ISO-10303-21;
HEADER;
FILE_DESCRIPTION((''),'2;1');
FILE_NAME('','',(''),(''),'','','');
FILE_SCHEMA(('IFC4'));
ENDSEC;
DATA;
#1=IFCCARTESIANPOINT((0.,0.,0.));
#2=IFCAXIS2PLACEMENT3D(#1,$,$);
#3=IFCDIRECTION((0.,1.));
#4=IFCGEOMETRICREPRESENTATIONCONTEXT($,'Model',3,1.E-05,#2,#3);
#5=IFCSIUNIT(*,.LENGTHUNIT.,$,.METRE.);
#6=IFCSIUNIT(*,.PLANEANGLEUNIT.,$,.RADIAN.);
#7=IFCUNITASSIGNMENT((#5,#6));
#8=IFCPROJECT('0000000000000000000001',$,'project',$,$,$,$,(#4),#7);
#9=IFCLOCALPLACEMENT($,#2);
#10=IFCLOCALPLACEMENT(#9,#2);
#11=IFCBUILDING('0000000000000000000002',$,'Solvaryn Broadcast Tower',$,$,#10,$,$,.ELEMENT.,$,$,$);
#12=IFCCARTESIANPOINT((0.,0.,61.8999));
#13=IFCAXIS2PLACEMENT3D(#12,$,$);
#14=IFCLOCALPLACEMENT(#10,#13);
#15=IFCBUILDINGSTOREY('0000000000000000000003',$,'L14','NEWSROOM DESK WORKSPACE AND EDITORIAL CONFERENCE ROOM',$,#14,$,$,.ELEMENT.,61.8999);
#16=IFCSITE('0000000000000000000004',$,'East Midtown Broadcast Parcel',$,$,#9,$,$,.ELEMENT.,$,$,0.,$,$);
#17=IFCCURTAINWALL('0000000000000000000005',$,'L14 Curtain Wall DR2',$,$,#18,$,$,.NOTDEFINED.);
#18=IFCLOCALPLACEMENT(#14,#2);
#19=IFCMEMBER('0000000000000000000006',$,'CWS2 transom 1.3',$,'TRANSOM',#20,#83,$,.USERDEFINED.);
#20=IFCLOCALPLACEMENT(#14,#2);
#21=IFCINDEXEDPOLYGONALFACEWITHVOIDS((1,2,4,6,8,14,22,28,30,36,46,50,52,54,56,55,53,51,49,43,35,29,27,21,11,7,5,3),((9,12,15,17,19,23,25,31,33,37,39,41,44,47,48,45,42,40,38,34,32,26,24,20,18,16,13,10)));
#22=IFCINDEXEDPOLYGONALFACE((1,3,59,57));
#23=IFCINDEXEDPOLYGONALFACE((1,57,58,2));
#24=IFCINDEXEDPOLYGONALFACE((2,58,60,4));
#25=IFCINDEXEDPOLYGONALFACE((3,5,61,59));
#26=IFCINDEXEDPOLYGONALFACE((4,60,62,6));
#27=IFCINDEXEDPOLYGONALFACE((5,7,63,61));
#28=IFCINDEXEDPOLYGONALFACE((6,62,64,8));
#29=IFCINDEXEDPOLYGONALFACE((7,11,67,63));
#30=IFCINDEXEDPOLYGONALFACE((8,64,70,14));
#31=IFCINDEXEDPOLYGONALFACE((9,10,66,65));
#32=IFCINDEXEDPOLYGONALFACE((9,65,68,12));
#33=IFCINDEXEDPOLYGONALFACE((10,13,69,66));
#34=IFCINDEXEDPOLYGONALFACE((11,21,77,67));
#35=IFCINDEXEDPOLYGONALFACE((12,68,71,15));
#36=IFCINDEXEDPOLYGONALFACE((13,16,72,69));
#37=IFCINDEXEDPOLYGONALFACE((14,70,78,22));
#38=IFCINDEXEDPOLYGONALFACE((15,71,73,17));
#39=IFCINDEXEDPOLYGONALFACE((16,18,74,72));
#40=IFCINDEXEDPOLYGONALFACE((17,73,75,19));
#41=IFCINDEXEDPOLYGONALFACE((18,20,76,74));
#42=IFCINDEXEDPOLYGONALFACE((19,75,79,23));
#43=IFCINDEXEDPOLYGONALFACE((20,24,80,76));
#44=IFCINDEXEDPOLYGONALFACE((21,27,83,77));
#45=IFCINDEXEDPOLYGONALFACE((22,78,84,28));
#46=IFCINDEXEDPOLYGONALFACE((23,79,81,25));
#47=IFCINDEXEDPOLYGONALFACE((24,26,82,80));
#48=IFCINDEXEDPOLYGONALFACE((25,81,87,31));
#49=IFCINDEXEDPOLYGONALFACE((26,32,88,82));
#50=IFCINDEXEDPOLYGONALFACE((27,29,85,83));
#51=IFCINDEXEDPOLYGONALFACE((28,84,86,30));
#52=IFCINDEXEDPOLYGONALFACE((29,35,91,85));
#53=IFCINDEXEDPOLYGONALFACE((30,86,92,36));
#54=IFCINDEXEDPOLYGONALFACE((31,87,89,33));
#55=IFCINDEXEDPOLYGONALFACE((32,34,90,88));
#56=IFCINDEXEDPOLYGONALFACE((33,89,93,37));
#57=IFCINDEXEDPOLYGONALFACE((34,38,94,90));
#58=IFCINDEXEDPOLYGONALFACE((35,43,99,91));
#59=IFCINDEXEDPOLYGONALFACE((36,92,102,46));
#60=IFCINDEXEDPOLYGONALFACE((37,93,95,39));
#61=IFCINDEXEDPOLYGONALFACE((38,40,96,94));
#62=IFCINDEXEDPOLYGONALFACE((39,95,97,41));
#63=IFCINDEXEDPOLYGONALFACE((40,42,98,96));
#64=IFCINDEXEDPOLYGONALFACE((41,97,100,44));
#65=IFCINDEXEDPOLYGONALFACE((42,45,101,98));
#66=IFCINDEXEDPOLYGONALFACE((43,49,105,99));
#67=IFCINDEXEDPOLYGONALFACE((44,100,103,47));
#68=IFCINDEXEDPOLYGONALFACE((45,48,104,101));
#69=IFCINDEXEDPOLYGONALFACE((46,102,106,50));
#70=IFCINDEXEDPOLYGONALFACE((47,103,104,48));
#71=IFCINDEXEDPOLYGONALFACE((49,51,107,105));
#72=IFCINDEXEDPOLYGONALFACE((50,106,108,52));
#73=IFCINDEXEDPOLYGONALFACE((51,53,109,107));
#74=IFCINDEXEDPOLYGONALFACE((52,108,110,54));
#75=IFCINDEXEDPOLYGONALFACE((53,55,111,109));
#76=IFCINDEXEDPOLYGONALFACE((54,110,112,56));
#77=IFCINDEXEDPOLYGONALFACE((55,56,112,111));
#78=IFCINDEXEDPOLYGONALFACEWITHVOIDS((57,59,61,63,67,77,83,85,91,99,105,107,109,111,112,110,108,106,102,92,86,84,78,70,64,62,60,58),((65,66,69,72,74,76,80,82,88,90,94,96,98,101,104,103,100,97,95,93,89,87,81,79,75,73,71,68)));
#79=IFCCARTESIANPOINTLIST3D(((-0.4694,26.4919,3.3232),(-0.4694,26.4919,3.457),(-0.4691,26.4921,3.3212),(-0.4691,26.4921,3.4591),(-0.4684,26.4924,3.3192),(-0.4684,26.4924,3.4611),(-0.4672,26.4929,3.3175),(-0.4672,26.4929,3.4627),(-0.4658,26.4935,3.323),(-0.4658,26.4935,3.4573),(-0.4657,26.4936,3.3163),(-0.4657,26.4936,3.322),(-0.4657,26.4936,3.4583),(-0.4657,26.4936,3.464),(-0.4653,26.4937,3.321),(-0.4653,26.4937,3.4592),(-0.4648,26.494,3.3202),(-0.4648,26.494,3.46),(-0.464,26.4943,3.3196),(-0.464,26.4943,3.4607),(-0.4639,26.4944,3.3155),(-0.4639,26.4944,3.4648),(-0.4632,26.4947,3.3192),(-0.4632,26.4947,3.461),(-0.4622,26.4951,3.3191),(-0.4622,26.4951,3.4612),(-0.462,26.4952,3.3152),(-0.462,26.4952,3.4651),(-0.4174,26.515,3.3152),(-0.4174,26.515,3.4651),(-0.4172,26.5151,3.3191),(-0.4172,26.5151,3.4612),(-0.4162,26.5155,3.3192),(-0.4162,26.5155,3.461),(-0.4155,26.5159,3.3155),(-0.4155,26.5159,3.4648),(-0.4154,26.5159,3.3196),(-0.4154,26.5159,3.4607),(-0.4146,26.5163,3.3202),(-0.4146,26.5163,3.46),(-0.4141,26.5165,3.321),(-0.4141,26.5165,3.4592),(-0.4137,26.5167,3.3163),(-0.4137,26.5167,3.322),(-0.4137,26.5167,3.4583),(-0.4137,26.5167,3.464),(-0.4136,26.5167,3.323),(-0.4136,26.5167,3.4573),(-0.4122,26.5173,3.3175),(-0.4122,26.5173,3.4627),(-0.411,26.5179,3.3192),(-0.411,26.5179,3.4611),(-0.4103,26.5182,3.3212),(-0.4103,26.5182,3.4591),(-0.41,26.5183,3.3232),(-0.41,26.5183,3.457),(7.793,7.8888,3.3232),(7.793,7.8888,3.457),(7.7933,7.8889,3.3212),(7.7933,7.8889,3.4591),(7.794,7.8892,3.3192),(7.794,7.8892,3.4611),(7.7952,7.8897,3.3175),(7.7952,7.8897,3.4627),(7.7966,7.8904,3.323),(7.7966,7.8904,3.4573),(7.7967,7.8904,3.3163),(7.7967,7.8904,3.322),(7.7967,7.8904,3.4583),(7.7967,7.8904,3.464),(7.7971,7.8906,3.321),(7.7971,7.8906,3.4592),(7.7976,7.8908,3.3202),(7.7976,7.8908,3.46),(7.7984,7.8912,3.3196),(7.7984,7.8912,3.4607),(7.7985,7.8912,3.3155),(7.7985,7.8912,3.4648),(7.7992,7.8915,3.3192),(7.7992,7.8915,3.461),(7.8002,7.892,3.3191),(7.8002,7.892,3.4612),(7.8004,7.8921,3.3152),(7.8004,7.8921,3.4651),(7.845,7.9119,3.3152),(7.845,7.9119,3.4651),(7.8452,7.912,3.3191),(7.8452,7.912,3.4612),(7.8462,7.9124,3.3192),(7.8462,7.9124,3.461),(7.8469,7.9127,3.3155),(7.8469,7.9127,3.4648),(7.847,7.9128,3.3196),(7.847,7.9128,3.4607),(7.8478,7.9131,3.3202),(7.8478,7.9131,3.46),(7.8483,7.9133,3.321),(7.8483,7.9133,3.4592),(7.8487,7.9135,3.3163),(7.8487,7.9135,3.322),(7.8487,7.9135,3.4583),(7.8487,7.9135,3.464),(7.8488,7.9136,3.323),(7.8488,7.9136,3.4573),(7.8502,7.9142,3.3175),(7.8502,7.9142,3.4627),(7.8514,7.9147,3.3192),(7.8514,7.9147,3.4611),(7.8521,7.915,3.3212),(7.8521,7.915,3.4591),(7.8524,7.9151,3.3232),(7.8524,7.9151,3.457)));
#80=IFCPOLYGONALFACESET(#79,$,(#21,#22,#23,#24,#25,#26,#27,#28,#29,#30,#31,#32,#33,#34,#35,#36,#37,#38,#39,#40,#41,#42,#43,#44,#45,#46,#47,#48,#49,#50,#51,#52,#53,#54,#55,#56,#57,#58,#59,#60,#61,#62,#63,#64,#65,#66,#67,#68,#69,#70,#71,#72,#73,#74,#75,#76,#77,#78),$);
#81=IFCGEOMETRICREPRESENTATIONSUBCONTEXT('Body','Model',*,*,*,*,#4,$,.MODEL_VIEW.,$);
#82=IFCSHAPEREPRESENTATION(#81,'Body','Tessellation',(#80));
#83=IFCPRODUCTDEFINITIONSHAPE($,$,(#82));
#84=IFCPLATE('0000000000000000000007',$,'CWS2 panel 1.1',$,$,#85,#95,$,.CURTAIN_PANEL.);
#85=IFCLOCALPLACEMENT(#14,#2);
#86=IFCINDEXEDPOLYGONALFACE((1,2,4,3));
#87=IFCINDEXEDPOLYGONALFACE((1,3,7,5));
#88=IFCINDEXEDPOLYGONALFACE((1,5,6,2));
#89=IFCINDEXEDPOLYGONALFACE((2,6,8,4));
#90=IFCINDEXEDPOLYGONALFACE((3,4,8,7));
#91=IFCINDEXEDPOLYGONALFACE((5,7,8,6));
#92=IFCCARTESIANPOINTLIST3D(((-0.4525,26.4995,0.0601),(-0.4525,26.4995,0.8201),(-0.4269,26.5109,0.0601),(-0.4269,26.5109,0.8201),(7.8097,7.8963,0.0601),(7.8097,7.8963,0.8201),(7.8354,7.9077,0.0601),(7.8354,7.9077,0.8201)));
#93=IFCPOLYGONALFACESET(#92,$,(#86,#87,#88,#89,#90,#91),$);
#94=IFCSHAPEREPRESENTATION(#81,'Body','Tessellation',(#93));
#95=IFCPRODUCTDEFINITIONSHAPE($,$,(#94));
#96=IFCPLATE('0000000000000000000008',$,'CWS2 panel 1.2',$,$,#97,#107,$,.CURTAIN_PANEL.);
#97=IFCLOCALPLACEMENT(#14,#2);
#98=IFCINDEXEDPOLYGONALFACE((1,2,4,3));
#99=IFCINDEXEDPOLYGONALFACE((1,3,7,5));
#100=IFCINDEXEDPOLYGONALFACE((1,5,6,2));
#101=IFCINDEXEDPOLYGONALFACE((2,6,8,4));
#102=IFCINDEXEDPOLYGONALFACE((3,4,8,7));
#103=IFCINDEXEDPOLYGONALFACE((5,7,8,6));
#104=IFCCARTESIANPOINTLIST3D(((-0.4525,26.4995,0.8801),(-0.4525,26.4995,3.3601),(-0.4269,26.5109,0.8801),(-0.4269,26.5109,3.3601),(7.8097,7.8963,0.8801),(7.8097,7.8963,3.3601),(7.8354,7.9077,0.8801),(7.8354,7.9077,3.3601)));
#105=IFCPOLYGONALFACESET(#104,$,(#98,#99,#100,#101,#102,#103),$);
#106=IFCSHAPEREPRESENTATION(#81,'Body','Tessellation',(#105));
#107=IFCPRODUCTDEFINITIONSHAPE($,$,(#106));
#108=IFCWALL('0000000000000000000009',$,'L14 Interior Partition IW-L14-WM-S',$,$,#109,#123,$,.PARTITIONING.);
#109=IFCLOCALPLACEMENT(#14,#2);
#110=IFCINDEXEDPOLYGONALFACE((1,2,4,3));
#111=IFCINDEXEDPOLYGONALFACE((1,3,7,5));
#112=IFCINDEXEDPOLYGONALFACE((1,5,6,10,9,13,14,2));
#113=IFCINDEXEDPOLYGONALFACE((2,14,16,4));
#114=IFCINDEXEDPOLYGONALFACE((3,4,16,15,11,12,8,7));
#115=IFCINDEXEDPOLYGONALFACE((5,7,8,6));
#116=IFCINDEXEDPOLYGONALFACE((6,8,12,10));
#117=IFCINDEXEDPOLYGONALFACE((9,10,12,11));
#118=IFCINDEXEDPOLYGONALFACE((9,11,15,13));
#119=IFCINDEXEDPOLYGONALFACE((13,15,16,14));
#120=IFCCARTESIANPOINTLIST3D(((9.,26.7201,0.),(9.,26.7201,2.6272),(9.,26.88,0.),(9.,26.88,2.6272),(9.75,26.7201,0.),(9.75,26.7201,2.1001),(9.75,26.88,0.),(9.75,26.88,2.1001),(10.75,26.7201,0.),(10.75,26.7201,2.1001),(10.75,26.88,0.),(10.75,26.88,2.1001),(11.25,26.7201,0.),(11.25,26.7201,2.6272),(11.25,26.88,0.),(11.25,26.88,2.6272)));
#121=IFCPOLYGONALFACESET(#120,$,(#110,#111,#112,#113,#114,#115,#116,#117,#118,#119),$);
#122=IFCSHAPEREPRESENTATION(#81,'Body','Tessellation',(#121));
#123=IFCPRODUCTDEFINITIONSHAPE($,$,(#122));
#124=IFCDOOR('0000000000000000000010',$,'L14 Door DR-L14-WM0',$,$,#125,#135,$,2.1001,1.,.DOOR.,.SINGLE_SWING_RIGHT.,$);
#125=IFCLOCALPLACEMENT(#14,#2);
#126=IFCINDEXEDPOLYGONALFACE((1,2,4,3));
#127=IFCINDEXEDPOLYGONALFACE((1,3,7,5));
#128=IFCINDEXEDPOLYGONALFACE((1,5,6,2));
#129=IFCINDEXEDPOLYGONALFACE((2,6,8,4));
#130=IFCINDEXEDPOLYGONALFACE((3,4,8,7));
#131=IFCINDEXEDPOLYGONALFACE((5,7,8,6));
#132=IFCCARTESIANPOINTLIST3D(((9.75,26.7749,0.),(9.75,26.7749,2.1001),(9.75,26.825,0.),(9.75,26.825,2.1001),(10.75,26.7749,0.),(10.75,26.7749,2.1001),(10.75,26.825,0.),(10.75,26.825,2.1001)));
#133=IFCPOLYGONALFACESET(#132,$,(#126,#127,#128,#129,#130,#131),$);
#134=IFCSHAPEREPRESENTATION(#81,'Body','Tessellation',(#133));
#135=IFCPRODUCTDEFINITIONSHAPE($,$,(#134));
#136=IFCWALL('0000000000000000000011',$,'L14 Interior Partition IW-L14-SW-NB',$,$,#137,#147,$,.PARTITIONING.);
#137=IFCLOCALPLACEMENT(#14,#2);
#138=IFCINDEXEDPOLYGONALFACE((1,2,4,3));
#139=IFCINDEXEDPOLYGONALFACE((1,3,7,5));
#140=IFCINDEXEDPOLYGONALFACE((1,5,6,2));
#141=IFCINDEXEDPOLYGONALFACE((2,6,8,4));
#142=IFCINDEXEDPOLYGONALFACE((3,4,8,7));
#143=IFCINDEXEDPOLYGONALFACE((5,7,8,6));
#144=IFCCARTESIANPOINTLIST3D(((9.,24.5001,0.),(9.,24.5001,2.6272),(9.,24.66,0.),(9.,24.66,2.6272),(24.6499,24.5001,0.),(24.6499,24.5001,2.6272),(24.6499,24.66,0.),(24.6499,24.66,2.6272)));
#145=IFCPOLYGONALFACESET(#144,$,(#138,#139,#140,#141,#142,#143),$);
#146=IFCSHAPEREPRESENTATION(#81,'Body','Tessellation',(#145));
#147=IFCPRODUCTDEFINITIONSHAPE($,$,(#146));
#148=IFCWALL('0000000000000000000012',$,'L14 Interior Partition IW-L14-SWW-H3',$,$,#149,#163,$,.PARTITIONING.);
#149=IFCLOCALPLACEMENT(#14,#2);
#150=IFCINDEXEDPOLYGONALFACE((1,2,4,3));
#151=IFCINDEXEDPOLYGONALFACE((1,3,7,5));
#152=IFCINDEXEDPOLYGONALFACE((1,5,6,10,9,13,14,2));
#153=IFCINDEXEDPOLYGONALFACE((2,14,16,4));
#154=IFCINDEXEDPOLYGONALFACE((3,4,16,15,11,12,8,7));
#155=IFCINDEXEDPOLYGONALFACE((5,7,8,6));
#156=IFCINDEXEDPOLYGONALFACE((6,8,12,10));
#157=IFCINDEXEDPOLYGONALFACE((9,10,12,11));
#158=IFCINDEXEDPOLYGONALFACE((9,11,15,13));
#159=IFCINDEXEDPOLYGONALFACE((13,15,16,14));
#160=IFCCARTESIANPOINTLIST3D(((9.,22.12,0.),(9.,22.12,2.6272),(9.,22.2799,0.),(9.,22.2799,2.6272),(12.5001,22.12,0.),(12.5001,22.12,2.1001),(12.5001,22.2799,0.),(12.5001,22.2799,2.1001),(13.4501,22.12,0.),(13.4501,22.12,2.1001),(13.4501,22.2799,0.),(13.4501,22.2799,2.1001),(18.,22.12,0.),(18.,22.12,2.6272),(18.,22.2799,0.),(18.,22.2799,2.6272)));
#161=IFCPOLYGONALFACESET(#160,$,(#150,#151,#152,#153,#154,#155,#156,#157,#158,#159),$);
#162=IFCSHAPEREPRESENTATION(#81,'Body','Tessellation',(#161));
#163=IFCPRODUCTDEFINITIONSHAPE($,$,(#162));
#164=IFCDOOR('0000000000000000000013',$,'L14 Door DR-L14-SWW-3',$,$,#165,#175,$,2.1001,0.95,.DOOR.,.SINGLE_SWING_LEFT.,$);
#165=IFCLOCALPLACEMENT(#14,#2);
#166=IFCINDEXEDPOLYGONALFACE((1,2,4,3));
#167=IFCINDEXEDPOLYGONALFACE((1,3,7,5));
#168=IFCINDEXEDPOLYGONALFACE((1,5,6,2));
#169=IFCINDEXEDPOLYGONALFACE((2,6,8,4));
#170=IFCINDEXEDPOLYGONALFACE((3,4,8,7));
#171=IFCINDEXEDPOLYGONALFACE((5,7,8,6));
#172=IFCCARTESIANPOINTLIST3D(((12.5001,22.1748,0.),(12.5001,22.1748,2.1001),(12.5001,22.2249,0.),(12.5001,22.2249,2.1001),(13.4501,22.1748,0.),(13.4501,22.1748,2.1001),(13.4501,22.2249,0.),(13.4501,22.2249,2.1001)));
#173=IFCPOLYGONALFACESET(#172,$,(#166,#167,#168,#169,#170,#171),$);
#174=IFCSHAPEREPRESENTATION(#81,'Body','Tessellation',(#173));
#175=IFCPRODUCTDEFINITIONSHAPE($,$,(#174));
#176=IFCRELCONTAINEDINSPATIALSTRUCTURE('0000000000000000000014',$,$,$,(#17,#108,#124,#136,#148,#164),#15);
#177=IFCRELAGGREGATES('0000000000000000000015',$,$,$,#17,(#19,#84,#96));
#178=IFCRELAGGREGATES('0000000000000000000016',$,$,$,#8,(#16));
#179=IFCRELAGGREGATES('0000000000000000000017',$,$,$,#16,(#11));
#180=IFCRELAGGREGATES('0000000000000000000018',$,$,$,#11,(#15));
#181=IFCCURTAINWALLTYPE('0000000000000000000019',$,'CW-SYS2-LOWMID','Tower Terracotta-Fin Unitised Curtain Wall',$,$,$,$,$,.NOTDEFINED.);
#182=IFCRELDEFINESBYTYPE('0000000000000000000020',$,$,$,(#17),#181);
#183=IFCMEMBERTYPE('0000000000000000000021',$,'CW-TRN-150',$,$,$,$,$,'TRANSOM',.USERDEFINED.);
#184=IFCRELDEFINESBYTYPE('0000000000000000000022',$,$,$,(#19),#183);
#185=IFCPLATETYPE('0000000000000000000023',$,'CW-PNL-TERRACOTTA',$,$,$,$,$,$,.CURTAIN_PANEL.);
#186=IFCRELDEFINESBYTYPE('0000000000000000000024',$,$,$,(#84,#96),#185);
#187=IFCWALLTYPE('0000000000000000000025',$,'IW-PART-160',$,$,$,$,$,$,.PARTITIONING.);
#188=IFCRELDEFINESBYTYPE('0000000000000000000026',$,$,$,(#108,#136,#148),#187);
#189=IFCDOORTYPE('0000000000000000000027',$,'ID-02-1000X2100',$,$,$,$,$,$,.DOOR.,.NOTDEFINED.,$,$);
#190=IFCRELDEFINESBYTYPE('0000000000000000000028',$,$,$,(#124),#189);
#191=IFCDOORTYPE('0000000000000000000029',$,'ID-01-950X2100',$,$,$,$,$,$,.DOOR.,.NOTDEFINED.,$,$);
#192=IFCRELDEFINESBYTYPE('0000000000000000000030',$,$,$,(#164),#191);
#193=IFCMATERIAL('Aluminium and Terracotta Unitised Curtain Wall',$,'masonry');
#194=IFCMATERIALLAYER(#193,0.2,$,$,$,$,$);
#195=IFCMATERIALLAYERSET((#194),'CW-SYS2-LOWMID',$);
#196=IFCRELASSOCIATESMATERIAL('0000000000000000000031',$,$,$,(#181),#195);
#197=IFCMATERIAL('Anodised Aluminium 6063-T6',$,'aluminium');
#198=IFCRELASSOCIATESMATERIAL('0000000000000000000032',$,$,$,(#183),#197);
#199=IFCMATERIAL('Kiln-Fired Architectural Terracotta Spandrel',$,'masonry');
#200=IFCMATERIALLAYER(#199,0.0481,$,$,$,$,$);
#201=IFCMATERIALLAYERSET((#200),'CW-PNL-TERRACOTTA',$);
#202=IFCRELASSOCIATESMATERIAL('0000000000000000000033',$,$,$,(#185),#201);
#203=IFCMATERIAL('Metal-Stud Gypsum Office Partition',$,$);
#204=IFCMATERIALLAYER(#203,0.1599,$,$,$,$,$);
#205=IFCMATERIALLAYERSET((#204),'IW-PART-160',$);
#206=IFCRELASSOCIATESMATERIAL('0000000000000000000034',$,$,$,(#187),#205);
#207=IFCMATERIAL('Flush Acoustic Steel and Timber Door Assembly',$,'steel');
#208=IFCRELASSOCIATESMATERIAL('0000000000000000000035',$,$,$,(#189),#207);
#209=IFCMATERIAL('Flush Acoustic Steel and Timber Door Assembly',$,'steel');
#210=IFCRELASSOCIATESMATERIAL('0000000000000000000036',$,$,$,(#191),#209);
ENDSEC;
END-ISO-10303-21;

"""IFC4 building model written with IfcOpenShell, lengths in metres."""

from ifc_helpers import new_model, si_unit, direction, frame, frame_2d, origin, origin_2d, place, context, subcontext, project, spatial, rectangle, hollow_rectangle, extrude, material, layer, layer_set, material_profile, profile_set, type_object, element, fill, aggregate, save


model = new_model("IFC4")

# Units and contexts
model_context = context("Model", 3, precision=1e-05, world=origin(), true_north=direction((0.0, 1.0)))
body_context = subcontext(model_context, "Body", "Model", "MODEL_VIEW")
ifc_project = project(units=[si_unit("LENGTHUNIT", "METRE"), si_unit("PLANEANGLEUNIT", "RADIAN")], contexts=[model_context])

# Site, building, storey
site_placement = place(None, origin())
site = spatial("IfcSite", under=ifc_project, at=site_placement, Name="East Midtown Broadcast Parcel", CompositionType="ELEMENT", RefElevation=0.0)
building_placement = place(site_placement, origin())
building = spatial("IfcBuilding", under=site, at=building_placement, Name="Solvaryn Broadcast Tower", CompositionType="ELEMENT")
storey_placement = place(building_placement, frame((0.0, 0.0, 61.8999)))
storey = spatial("IfcBuildingStorey", under=building, at=storey_placement, Name="L14", Description="NEWSROOM DESK WORKSPACE AND EDITORIAL CONFERENCE ROOM", CompositionType="ELEMENT", Elevation=61.8999)

# Shared definitions
ifc_material_1 = material(Name="Aluminium and Terracotta Unitised Curtain Wall", Category="masonry")
ifc_layer_1 = layer(ifc_material_1, 0.2)
ifc_layer_set_1 = layer_set([ifc_layer_1], Name="CW-SYS2-LOWMID")
curtain_wall_type = type_object("IfcCurtainWallType", Name="CW-SYS2-LOWMID", Description="Tower Terracotta-Fin Unitised Curtain Wall", PredefinedType="NOTDEFINED", material=ifc_layer_set_1)

# Curtain wall, member, plates
curtain_wall_1_placement = place(storey_placement, origin())
curtain_wall_1 = element("IfcCurtainWall", 1, at=curtain_wall_1_placement, inside=storey, type_object=curtain_wall_type, Name="L14 Curtain Wall DR2", PredefinedType="NOTDEFINED")
ifc_material_2 = material(Name="Anodised Aluminium 6063-T6", Category="aluminium")
ifc_material_profile_1 = material_profile(ifc_material_2, hollow_rectangle(XDim=0.0649, YDim=0.1499, WallThickness=0.0039, InnerFilletRadius=0.0039, OuterFilletRadius=0.0081, at=origin_2d()))
ifc_profile_set_1 = profile_set([ifc_material_profile_1], Name="Anodised Aluminium 6063-T6")
member_type_1 = type_object("IfcMemberType", Name="CW-TRN-150", ElementType="TRANSOM", PredefinedType="USERDEFINED", material=ifc_profile_set_1)
member_1_placement = place(storey_placement, frame((-0.4397, 26.5051, 3.3901), z_axis=(0.405906, -0.913915, 0.0), x_axis=(0.913915, 0.405906, 0.0)))
member_1 = element("IfcMember", 2, at=member_1_placement, type_object=member_type_1, Name="CWS2 transom 1.3", ObjectType="TRANSOM", PredefinedType="USERDEFINED", context=body_context, shape_type="SweptSolid", body=[
    extrude(hollow_rectangle(XDim=0.0649, YDim=0.1499, WallThickness=0.0039, InnerFilletRadius=0.0039, OuterFilletRadius=0.0081, at=origin_2d()), origin(), (0.0, 0.0, 1.0), 20.3555),
])
ifc_material_3 = material(Name="Kiln-Fired Architectural Terracotta Spandrel", Category="masonry")
ifc_layer_2 = layer(ifc_material_3, 0.0481)
ifc_layer_set_2 = layer_set([ifc_layer_2], Name="CW-PNL-TERRACOTTA")
plate_type = type_object("IfcPlateType", Name="CW-PNL-TERRACOTTA", PredefinedType="CURTAIN_PANEL", material=ifc_layer_set_2)
plate_1_placement = place(storey_placement, frame((3.6914, 17.2036, 0.0601), z_axis=(0.0, 0.0, 1.0), x_axis=(0.405898, -0.913918, 0.0)))
plate_1 = element("IfcPlate", 3, at=plate_1_placement, type_object=plate_type, Name="CWS2 panel 1.1", PredefinedType="CURTAIN_PANEL", context=body_context, shape_type="SweptSolid", body=[
    extrude(rectangle(XDim=20.3555, YDim=0.0281, at=origin_2d()), origin(), (0.0, 0.0, 1.0), 0.76),
])
plate_2_placement = place(storey_placement, frame((3.6914, 17.2036, 0.8801), z_axis=(0.0, 0.0, 1.0), x_axis=(0.405898, -0.913918, 0.0)))
plate_2 = element("IfcPlate", 4, at=plate_2_placement, type_object=plate_type, Name="CWS2 panel 1.2", PredefinedType="CURTAIN_PANEL", context=body_context, shape_type="SweptSolid", body=[
    extrude(rectangle(XDim=20.3555, YDim=0.0281, at=origin_2d()), origin(), (0.0, 0.0, 1.0), 2.48),
])
aggregate(curtain_wall_1, [member_1, plate_1, plate_2])

# Wall, opening, door
ifc_material_4 = material(Name="Metal-Stud Gypsum Office Partition")
ifc_layer_3 = layer(ifc_material_4, 0.1599)
ifc_layer_set_3 = layer_set([ifc_layer_3], Name="IW-PART-160")
wall_type = type_object("IfcWallType", Name="IW-PART-160", PredefinedType="PARTITIONING", material=ifc_layer_set_3)
wall_1_placement = place(storey_placement, frame((9.0, 26.8, 0.0), z_axis=(0.0, 0.0, 1.0), x_axis=(1.0, 0.0, 0.0)))
wall_1 = element("IfcWall", 5, at=wall_1_placement, inside=storey, type_object=wall_type, Name="L14 Interior Partition IW-L14-WM-S", PredefinedType="PARTITIONING", context=body_context, shape_type="SweptSolid", body=[
    extrude(rectangle(XDim=2.25, YDim=0.1599, at=frame_2d((1.125, 0.0))), origin(), (0.0, 0.0, 1.0), 2.6272),
])
opening_1_placement = place(wall_1_placement, frame((0.75, 0.0, 0.0)))
opening_1 = element("IfcOpeningElement", 6, at=opening_1_placement, cuts=wall_1, PredefinedType="OPENING", context=body_context, shape_type="SweptSolid", body=[
    extrude(rectangle(XDim=1.0, YDim=2.1001, at=frame_2d((0.5, 1.05))), frame((0.0, 0.0901, 0.0), z_axis=(0.0, -1.0, 0.0), x_axis=(1.0, 0.0, 0.0)), (0.0, 0.0, 1.0), 0.1799),
])
ifc_material_5 = material(Name="Flush Acoustic Steel and Timber Door Assembly", Category="steel")
door_type_1 = type_object("IfcDoorType", Name="ID-02-1000X2100", OperationType="NOTDEFINED", PredefinedType="DOOR", material=ifc_material_5)
door_1_placement = place(opening_1_placement, origin())
door_1 = element("IfcDoor", 7, at=door_1_placement, inside=storey, type_object=door_type_1, Name="L14 Door DR-L14-WM0", OperationType="SINGLE_SWING_RIGHT", OverallHeight=2.1001, OverallWidth=1.0, PredefinedType="DOOR", context=body_context, shape_type="SweptSolid", body=[
    extrude(rectangle(XDim=1.0, YDim=2.1001, at=frame_2d((0.5, 1.05))), frame((0.0, 0.0249, 0.0), z_axis=(0.0, -1.0, 0.0), x_axis=(1.0, 0.0, 0.0)), (0.0, 0.0, 1.0), 0.05),
])
fill(opening_1, door_1)

# Wall
wall_2_placement = place(storey_placement, frame((9.0, 24.5801, 0.0), z_axis=(0.0, 0.0, 1.0), x_axis=(1.0, 0.0, 0.0)))
element("IfcWall", 8, at=wall_2_placement, inside=storey, type_object=wall_type, Name="L14 Interior Partition IW-L14-SW-NB", PredefinedType="PARTITIONING", context=body_context, shape_type="SweptSolid", body=[
    extrude(rectangle(XDim=15.6499, YDim=0.1599, at=frame_2d((7.825, 0.0))), origin(), (0.0, 0.0, 1.0), 2.6272),
])

# Wall, opening, door
wall_3_placement = place(storey_placement, frame((9.0, 22.2, 0.0), z_axis=(0.0, 0.0, 1.0), x_axis=(1.0, 0.0, 0.0)))
wall_3 = element("IfcWall", 9, at=wall_3_placement, inside=storey, type_object=wall_type, Name="L14 Interior Partition IW-L14-SWW-H3", PredefinedType="PARTITIONING", context=body_context, shape_type="SweptSolid", body=[
    extrude(rectangle(XDim=9.0, YDim=0.1599, at=frame_2d((4.5, 0.0))), origin(), (0.0, 0.0, 1.0), 2.6272),
])
opening_2_placement = place(wall_3_placement, frame((3.5, 0.0, 0.0)))
opening_2 = element("IfcOpeningElement", 10, at=opening_2_placement, cuts=wall_3, PredefinedType="OPENING", context=body_context, shape_type="SweptSolid", body=[
    extrude(rectangle(XDim=0.95, YDim=2.1001, at=frame_2d((0.4751, 1.05))), frame((0.0, 0.0901, 0.0), z_axis=(0.0, -1.0, 0.0), x_axis=(1.0, 0.0, 0.0)), (0.0, 0.0, 1.0), 0.1799),
])
ifc_material_6 = material(Name="Flush Acoustic Steel and Timber Door Assembly", Category="steel")
door_type_2 = type_object("IfcDoorType", Name="ID-01-950X2100", OperationType="NOTDEFINED", PredefinedType="DOOR", material=ifc_material_6)
door_2_placement = place(opening_2_placement, origin())
door_2 = element("IfcDoor", 11, at=door_2_placement, inside=storey, type_object=door_type_2, Name="L14 Door DR-L14-SWW-3", OperationType="SINGLE_SWING_LEFT", OverallHeight=2.1001, OverallWidth=0.95, PredefinedType="DOOR", context=body_context, shape_type="SweptSolid", body=[
    extrude(rectangle(XDim=0.95, YDim=2.1001, at=frame_2d((0.4751, 1.05))), frame((0.0, 0.0249, 0.0), z_axis=(0.0, -1.0, 0.0), x_axis=(1.0, 0.0, 0.0)), (0.0, 0.0, 1.0), 0.05),
])
fill(opening_2, door_2)

save(model, "model.ifc")
